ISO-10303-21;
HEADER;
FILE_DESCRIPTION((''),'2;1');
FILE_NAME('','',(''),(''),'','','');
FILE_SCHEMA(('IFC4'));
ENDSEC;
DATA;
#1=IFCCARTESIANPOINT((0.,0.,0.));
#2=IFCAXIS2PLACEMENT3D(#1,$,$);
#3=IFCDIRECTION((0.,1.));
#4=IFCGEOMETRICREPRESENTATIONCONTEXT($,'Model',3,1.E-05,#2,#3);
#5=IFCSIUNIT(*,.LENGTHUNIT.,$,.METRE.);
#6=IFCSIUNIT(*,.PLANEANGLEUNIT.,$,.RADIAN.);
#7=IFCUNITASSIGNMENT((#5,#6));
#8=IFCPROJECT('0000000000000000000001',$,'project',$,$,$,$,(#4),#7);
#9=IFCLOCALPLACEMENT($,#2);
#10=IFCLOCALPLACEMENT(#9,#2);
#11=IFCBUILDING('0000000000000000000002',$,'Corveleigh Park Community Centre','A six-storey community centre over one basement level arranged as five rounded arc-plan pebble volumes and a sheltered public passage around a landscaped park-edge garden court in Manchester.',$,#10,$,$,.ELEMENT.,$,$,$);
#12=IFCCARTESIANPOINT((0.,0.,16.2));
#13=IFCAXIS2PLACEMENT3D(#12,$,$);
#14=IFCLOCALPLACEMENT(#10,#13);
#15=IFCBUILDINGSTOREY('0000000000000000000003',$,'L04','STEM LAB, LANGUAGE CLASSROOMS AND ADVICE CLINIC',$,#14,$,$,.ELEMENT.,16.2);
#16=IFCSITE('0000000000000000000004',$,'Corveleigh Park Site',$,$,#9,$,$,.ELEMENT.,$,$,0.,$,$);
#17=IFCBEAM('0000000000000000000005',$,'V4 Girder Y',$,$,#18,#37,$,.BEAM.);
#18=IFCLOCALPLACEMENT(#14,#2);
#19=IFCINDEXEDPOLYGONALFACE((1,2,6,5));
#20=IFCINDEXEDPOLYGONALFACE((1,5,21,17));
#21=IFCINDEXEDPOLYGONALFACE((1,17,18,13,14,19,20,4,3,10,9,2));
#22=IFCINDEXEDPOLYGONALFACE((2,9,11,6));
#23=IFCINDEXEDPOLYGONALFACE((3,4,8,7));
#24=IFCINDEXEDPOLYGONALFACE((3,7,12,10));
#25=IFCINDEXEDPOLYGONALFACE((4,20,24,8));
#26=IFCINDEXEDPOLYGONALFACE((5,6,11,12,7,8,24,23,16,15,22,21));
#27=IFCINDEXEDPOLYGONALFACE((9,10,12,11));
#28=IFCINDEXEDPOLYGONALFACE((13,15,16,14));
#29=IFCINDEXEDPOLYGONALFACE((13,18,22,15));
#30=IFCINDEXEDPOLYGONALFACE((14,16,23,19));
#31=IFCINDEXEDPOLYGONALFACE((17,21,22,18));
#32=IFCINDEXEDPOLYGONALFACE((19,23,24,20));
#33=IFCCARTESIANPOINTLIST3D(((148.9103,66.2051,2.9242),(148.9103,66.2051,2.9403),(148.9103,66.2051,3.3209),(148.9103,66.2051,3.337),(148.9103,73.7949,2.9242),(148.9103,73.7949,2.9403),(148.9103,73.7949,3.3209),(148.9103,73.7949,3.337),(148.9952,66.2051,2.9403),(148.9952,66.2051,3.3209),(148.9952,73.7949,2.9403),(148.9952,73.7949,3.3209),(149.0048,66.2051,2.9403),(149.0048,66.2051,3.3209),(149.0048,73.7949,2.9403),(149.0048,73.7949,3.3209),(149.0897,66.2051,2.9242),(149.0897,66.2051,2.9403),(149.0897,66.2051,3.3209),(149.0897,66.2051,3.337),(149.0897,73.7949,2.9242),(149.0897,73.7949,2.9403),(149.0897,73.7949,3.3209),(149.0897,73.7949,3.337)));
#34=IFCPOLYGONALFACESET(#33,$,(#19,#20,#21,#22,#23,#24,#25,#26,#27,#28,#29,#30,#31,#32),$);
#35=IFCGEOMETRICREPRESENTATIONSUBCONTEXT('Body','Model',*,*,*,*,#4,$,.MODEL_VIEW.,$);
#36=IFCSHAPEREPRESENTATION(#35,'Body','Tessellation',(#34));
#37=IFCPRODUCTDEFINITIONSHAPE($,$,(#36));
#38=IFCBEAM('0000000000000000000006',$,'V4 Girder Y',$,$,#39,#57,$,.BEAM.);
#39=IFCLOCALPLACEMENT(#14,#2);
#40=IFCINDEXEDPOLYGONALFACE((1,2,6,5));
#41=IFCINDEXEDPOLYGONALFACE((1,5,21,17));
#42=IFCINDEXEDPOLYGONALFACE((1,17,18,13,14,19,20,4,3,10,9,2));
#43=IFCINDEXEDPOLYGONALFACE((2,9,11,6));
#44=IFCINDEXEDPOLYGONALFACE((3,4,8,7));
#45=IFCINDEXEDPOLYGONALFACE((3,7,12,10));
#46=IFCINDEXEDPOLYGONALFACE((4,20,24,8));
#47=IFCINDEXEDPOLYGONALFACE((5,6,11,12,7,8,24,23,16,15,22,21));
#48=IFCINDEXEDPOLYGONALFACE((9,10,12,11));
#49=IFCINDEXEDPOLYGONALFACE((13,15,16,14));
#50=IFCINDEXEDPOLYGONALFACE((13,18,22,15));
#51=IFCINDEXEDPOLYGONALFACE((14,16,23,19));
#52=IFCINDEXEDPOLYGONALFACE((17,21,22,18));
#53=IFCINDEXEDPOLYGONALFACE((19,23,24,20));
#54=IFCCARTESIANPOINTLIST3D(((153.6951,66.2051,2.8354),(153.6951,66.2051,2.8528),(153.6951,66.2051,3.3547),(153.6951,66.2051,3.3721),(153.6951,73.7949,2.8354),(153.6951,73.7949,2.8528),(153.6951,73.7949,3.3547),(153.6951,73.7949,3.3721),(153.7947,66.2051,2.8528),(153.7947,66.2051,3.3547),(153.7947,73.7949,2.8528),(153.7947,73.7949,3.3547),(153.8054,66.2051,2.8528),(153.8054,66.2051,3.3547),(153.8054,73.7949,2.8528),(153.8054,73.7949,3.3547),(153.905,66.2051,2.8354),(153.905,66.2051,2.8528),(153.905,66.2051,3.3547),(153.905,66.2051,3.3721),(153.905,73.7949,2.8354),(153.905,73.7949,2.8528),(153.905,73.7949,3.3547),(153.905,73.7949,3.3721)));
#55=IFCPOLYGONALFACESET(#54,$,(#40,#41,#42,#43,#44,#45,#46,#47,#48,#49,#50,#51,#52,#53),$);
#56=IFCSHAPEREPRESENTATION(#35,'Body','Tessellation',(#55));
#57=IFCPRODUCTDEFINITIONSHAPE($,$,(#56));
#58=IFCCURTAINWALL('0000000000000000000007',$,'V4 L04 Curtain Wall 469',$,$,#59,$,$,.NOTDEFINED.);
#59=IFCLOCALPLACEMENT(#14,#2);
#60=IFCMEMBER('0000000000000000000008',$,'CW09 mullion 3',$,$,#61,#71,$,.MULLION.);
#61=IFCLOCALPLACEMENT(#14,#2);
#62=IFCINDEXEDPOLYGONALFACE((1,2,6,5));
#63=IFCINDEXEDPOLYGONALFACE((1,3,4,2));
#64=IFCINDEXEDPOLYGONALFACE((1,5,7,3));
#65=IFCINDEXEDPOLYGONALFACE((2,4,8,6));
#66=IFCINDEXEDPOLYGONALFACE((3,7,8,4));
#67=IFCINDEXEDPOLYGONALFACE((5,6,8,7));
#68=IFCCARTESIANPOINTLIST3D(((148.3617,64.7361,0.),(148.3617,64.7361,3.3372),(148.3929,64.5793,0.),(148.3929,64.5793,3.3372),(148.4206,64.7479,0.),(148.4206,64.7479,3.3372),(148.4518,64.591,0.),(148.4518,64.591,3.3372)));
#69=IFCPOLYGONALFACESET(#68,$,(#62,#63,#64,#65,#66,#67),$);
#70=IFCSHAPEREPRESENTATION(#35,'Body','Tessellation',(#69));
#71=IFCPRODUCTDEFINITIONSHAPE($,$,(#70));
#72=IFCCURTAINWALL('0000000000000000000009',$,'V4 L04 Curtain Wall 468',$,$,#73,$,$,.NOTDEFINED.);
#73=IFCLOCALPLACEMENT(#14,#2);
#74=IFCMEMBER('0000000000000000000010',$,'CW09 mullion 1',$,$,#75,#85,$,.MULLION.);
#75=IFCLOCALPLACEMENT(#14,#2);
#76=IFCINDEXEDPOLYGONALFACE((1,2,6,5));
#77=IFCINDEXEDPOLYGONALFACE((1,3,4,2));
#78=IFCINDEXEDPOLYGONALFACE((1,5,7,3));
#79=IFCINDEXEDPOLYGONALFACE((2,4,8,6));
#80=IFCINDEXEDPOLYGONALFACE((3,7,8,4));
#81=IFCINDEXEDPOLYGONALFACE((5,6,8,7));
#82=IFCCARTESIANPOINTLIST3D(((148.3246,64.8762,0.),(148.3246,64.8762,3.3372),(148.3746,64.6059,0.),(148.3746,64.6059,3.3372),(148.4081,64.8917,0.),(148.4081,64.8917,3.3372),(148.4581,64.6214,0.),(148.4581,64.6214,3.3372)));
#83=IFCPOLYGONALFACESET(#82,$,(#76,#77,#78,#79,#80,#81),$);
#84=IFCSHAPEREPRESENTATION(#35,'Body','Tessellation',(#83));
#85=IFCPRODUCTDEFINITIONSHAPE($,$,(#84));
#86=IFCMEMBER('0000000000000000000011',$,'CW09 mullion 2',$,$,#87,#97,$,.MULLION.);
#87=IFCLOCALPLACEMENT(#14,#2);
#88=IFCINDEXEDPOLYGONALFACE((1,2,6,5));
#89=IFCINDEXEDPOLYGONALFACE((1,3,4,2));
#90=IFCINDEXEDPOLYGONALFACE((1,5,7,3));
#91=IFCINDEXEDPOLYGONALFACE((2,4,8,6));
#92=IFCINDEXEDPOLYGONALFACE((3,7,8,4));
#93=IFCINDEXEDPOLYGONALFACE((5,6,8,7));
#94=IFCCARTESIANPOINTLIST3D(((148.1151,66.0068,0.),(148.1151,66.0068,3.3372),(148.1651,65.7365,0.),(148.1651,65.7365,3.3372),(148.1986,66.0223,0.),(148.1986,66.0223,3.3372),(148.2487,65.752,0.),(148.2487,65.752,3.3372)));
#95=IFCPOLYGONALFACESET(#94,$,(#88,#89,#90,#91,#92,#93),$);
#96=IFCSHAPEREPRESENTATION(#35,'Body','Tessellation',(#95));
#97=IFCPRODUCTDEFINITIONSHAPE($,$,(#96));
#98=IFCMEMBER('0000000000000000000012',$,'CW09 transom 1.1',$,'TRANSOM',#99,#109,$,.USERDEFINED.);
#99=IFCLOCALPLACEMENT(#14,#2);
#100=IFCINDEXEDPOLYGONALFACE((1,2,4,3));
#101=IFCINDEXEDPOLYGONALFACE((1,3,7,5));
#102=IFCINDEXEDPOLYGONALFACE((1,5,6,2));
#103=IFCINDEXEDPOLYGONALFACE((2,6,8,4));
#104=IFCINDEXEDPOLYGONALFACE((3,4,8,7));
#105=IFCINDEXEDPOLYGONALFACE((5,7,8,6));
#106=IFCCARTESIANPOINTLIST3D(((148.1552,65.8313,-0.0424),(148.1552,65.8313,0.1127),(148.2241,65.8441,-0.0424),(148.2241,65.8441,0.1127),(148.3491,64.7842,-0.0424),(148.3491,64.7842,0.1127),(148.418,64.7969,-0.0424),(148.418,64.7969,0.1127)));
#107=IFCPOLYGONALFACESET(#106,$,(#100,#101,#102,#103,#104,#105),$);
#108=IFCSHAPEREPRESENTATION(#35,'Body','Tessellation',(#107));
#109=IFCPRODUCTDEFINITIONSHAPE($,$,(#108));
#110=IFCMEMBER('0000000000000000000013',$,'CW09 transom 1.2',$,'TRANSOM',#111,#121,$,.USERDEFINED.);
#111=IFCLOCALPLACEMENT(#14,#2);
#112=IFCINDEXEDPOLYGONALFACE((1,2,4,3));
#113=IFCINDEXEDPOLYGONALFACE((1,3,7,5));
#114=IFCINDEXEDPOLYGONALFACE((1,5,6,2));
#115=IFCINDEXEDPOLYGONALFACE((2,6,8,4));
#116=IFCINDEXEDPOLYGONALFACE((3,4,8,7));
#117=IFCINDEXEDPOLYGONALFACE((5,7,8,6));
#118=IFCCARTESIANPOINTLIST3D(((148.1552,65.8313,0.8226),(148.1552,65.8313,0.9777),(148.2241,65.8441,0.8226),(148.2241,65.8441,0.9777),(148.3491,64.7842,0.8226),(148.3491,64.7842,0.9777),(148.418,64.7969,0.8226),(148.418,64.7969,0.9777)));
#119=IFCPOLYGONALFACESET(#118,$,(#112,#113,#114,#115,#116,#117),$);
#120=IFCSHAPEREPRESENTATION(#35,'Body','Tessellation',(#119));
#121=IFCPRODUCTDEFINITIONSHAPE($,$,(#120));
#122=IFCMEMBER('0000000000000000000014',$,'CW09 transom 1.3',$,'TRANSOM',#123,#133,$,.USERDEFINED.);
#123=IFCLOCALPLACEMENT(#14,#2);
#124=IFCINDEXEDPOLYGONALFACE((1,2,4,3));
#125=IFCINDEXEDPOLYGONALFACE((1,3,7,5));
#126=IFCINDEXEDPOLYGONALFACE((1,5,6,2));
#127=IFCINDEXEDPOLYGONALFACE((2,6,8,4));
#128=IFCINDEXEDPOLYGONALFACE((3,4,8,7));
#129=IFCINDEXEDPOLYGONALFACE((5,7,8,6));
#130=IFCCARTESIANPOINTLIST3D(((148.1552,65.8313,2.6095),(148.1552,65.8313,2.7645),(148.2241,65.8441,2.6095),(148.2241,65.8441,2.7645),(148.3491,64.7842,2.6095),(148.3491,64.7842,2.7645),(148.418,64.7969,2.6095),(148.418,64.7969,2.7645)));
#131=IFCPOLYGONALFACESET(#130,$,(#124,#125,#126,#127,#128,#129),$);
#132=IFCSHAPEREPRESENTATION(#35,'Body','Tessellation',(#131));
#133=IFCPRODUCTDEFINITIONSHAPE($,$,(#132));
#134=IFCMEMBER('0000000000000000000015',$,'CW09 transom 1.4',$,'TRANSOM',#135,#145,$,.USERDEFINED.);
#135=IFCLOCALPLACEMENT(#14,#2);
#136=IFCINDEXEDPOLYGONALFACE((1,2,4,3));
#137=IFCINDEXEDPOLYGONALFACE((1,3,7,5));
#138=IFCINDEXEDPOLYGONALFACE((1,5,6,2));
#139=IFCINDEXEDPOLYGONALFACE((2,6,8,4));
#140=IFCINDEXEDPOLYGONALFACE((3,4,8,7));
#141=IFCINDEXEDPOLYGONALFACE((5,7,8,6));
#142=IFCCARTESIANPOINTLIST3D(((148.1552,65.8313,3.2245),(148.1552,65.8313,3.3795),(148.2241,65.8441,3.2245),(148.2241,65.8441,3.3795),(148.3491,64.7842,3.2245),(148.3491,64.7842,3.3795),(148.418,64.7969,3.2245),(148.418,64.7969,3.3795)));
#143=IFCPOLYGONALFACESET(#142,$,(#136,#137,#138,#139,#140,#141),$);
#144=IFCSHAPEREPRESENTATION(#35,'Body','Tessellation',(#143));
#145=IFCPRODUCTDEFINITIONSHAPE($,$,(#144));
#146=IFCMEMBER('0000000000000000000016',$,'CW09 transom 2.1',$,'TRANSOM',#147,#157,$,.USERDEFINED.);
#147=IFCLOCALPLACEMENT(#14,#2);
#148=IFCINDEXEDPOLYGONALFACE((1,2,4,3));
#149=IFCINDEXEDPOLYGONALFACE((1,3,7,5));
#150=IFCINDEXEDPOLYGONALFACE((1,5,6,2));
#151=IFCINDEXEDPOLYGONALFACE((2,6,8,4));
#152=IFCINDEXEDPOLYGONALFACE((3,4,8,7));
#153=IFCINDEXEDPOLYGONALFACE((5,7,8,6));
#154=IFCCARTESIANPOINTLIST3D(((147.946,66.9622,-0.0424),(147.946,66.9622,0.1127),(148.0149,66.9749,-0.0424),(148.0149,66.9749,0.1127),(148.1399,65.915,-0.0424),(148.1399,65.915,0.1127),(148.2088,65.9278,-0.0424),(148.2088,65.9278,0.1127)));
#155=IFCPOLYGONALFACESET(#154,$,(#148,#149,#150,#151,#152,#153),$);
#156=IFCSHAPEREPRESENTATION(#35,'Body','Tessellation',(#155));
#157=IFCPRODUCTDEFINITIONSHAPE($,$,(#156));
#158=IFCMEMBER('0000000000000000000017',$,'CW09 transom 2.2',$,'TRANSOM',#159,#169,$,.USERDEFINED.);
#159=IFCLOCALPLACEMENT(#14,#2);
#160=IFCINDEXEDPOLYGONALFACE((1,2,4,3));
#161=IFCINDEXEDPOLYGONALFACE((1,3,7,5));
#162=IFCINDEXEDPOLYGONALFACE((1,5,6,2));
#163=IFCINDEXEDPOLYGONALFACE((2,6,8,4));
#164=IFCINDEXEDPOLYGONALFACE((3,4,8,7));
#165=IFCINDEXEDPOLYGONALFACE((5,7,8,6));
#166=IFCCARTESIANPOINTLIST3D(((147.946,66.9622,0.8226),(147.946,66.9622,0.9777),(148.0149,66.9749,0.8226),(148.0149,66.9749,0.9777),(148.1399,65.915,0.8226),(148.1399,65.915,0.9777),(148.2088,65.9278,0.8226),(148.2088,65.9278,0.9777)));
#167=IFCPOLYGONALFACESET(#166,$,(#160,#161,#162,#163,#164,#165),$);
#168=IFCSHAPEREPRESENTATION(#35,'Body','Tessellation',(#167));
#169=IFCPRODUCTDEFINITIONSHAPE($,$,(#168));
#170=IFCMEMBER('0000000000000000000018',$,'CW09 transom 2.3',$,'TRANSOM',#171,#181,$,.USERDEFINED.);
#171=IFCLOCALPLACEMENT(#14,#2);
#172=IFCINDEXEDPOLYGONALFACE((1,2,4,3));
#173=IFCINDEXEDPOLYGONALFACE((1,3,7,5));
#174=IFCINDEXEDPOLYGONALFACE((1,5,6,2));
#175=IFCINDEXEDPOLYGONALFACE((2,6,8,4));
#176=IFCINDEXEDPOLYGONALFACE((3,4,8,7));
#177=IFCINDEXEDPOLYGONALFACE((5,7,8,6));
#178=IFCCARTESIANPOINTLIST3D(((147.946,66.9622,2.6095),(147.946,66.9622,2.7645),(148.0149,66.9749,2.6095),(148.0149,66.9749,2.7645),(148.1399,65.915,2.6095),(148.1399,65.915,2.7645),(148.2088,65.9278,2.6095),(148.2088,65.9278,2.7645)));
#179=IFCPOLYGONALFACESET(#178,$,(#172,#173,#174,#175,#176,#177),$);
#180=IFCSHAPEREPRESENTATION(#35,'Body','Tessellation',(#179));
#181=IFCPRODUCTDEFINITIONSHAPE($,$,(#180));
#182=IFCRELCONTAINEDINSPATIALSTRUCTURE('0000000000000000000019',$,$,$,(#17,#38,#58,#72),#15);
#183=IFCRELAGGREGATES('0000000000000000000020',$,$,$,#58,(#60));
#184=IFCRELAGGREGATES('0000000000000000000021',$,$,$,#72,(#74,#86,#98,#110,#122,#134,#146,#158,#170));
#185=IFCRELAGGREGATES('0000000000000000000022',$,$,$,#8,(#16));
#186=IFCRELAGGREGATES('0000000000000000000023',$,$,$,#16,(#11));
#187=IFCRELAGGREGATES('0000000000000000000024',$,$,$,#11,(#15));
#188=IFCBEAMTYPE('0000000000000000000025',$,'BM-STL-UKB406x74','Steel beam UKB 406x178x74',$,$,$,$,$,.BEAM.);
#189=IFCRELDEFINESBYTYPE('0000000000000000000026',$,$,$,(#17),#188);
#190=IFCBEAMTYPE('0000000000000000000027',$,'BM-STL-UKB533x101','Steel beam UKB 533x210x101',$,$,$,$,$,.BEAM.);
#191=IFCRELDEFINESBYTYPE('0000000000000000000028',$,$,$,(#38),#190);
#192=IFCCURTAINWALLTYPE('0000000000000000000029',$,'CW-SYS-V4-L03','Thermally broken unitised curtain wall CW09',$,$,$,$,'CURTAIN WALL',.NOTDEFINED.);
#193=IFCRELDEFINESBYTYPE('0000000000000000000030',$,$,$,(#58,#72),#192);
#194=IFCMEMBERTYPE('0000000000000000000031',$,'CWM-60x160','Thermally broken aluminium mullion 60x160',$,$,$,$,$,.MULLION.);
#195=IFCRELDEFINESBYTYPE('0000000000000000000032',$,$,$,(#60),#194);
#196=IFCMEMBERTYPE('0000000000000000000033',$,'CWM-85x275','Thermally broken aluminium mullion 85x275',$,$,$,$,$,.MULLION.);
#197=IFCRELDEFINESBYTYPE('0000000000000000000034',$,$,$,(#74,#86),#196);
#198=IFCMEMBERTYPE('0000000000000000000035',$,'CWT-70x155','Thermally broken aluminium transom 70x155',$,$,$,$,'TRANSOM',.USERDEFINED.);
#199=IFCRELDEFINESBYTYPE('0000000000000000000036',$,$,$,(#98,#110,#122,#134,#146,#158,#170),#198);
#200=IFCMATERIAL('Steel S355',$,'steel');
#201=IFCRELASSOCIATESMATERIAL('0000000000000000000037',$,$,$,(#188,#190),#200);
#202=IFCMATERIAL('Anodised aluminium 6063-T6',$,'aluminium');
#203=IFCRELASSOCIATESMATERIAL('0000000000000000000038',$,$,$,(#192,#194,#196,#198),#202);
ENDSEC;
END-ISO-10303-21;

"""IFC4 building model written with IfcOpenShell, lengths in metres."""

from ifc_helpers import new_model, si_unit, direction, frame, origin, origin_2d, place, context, subcontext, project, spatial, rectangle, i_section, extrude, material, material_profile, profile_set, type_object, element, aggregate, save


model = new_model("IFC4")

# Units and contexts
model_context = context("Model", 3, precision=1e-05, world=origin(), true_north=direction((0.0, 1.0)))
body_context = subcontext(model_context, "Body", "Model", "MODEL_VIEW")
ifc_project = project(units=[si_unit("LENGTHUNIT", "METRE"), si_unit("PLANEANGLEUNIT", "RADIAN")], contexts=[model_context])

# Site, building, storey
site_placement = place(None, origin())
site = spatial("IfcSite", under=ifc_project, at=site_placement, Name="Corveleigh Park Site", CompositionType="ELEMENT", RefElevation=0.0)
building_placement = place(site_placement, origin())
building = spatial("IfcBuilding", under=site, at=building_placement, Name="Corveleigh Park Community Centre", Description="A six-storey community centre over one basement level arranged as five rounded arc-plan pebble volumes and a sheltered public passage around a landscaped park-edge garden court in Manchester.", CompositionType="ELEMENT")
storey_placement = place(building_placement, frame((0.0, 0.0, 16.2)))
storey = spatial("IfcBuildingStorey", under=building, at=storey_placement, Name="L04", Description="STEM LAB, LANGUAGE CLASSROOMS AND ADVICE CLINIC", CompositionType="ELEMENT", Elevation=16.2)

# Shared definitions
ifc_material_1 = material(Name="Steel S355", Category="steel")

# Beams
ifc_material_profile_1 = material_profile(ifc_material_1, i_section(OverallWidth=0.1794, OverallDepth=0.4128, WebThickness=0.0095, FlangeThickness=0.0161, at=origin_2d()), Name="UKB 406x178x74", Category="steel")
ifc_profile_set_1 = profile_set([ifc_material_profile_1], Name="Steel S355")
beam_type_1 = type_object("IfcBeamType", Name="BM-STL-UKB406x74", Description="Steel beam UKB 406x178x74", PredefinedType="BEAM", material=ifc_profile_set_1)
beam_1_placement = place(storey_placement, frame((149.0, 66.2051, 3.1306), z_axis=(0.0, 1.0, 0.0), x_axis=(-1.0, 0.0, 0.0)))
element("IfcBeam", 1, at=beam_1_placement, inside=storey, type_object=beam_type_1, Name="V4 Girder Y", PredefinedType="BEAM", context=body_context, shape_type="SweptSolid", body=[
    extrude(i_section(OverallWidth=0.1794, OverallDepth=0.4128, WebThickness=0.0095, FlangeThickness=0.0161, at=origin_2d()), origin(), (0.0, 0.0, 1.0), 7.5898),
])
ifc_material_profile_2 = material_profile(ifc_material_1, i_section(OverallWidth=0.21, OverallDepth=0.5366, WebThickness=0.0107, FlangeThickness=0.0173, at=origin_2d()), Name="UKB 533x210x101", Category="steel")
ifc_profile_set_2 = profile_set([ifc_material_profile_2], Name="Steel S355")
beam_type_2 = type_object("IfcBeamType", Name="BM-STL-UKB533x101", Description="Steel beam UKB 533x210x101", PredefinedType="BEAM", material=ifc_profile_set_2)
beam_2_placement = place(storey_placement, frame((153.8, 66.2051, 3.1038), z_axis=(0.0, 1.0, 0.0), x_axis=(-1.0, 0.0, 0.0)))
element("IfcBeam", 2, at=beam_2_placement, inside=storey, type_object=beam_type_2, Name="V4 Girder Y", PredefinedType="BEAM", context=body_context, shape_type="SweptSolid", body=[
    extrude(i_section(OverallWidth=0.21, OverallDepth=0.5366, WebThickness=0.0107, FlangeThickness=0.0173, at=origin_2d()), origin(), (0.0, 0.0, 1.0), 7.5898),
])

# Curtain wall, member
ifc_material_2 = material(Name="Anodised aluminium 6063-T6", Category="aluminium")
curtain_wall_type = type_object("IfcCurtainWallType", Name="CW-SYS-V4-L03", Description="Thermally broken unitised curtain wall CW09", ElementType="CURTAIN WALL", PredefinedType="NOTDEFINED", material=ifc_material_2)
curtain_wall_1_placement = place(storey_placement, origin())
curtain_wall_1 = element("IfcCurtainWall", 3, at=curtain_wall_1_placement, inside=storey, type_object=curtain_wall_type, Name="V4 L04 Curtain Wall 469", PredefinedType="NOTDEFINED")
ifc_material_profile_3 = material_profile(ifc_material_2, rectangle(XDim=0.0601, YDim=0.1599, at=origin_2d()), Name="ALU-M60x160", Category="aluminium")
ifc_profile_set_3 = profile_set([ifc_material_profile_3], Name="Anodised aluminium 6063-T6")
member_type_1 = type_object("IfcMemberType", Name="CWM-60x160", Description="Thermally broken aluminium mullion 60x160", PredefinedType="MULLION", material=ifc_profile_set_3)
member_1_placement = place(storey_placement, frame((148.4067, 64.6636, 0.0), z_axis=(0.0, 0.0, 1.0), x_axis=(-0.980785, -0.195094, 0.0)))
member_1 = element("IfcMember", 4, at=member_1_placement, type_object=member_type_1, Name="CW09 mullion 3", PredefinedType="MULLION", context=body_context, shape_type="SweptSolid", body=[
    extrude(rectangle(XDim=0.0601, YDim=0.1599, at=origin_2d()), origin(), (0.0, 0.0, 1.0), 3.3372),
])

# Curtain wall, members
curtain_wall_2_placement = place(storey_placement, origin())
curtain_wall_2 = element("IfcCurtainWall", 5, at=curtain_wall_2_placement, inside=storey, type_object=curtain_wall_type, Name="V4 L04 Curtain Wall 468", PredefinedType="NOTDEFINED")
ifc_material_profile_4 = material_profile(ifc_material_2, rectangle(XDim=0.085, YDim=0.2749, at=origin_2d()), Name="ALU-M85x275", Category="aluminium")
ifc_profile_set_4 = profile_set([ifc_material_profile_4], Name="Anodised aluminium 6063-T6")
member_type_2 = type_object("IfcMemberType", Name="CWM-85x275", Description="Thermally broken aluminium mullion 85x275", PredefinedType="MULLION", material=ifc_profile_set_4)
member_2_placement = place(storey_placement, frame((148.3914, 64.7488, 0.0), z_axis=(0.0, 0.0, 1.0), x_axis=(-0.983301, -0.181984, 0.0)))
member_2 = element("IfcMember", 6, at=member_2_placement, type_object=member_type_2, Name="CW09 mullion 1", PredefinedType="MULLION", context=body_context, shape_type="SweptSolid", body=[
    extrude(rectangle(XDim=0.085, YDim=0.2749, at=origin_2d()), origin(), (0.0, 0.0, 1.0), 3.3372),
])
member_3_placement = place(storey_placement, frame((148.1819, 65.8794, 0.0), z_axis=(0.0, 0.0, 1.0), x_axis=(-0.983301, -0.181984, 0.0)))
member_3 = element("IfcMember", 7, at=member_3_placement, type_object=member_type_2, Name="CW09 mullion 2", PredefinedType="MULLION", context=body_context, shape_type="SweptSolid", body=[
    extrude(rectangle(XDim=0.085, YDim=0.2749, at=origin_2d()), origin(), (0.0, 0.0, 1.0), 3.3372),
])
ifc_material_profile_5 = material_profile(ifc_material_2, rectangle(XDim=0.0701, YDim=0.155, at=origin_2d()), Name="ALU-T70x155", Category="aluminium")
ifc_profile_set_5 = profile_set([ifc_material_profile_5], Name="Anodised aluminium 6063-T6")
member_type_3 = type_object("IfcMemberType", Name="CWT-70x155", Description="Thermally broken aluminium transom 70x155", ElementType="TRANSOM", PredefinedType="USERDEFINED", material=ifc_profile_set_5)
member_4_placement = place(storey_placement, frame((148.3835, 64.7905, 0.0352), z_axis=(-0.182032, 0.983293, 0.0), x_axis=(-0.983293, -0.182032, 0.0)))
member_4 = element("IfcMember", 8, at=member_4_placement, type_object=member_type_3, Name="CW09 transom 1.1", ObjectType="TRANSOM", PredefinedType="USERDEFINED", context=body_context, shape_type="SweptSolid", body=[
    extrude(rectangle(XDim=0.0701, YDim=0.155, at=origin_2d()), origin(), (0.0, 0.0, 1.0), 1.0649),
])
member_5_placement = place(storey_placement, frame((148.3835, 64.7905, 0.9001), z_axis=(-0.182032, 0.983293, 0.0), x_axis=(-0.983293, -0.182032, 0.0)))
member_5 = element("IfcMember", 9, at=member_5_placement, type_object=member_type_3, Name="CW09 transom 1.2", ObjectType="TRANSOM", PredefinedType="USERDEFINED", context=body_context, shape_type="SweptSolid", body=[
    extrude(rectangle(XDim=0.0701, YDim=0.155, at=origin_2d()), origin(), (0.0, 0.0, 1.0), 1.0649),
])
member_6_placement = place(storey_placement, frame((148.3835, 64.7905, 2.687), z_axis=(-0.182032, 0.983293, 0.0), x_axis=(-0.983293, -0.182032, 0.0)))
member_6 = element("IfcMember", 10, at=member_6_placement, type_object=member_type_3, Name="CW09 transom 1.3", ObjectType="TRANSOM", PredefinedType="USERDEFINED", context=body_context, shape_type="SweptSolid", body=[
    extrude(rectangle(XDim=0.0701, YDim=0.155, at=origin_2d()), origin(), (0.0, 0.0, 1.0), 1.0649),
])
member_7_placement = place(storey_placement, frame((148.3835, 64.7905, 3.302), z_axis=(-0.182032, 0.983293, 0.0), x_axis=(-0.983293, -0.182032, 0.0)))
member_7 = element("IfcMember", 11, at=member_7_placement, type_object=member_type_3, Name="CW09 transom 1.4", ObjectType="TRANSOM", PredefinedType="USERDEFINED", context=body_context, shape_type="SweptSolid", body=[
    extrude(rectangle(XDim=0.0701, YDim=0.155, at=origin_2d()), origin(), (0.0, 0.0, 1.0), 1.0649),
])
member_8_placement = place(storey_placement, frame((148.1743, 65.9214, 0.0352), z_axis=(-0.182032, 0.983293, 0.0), x_axis=(-0.983293, -0.182032, 0.0)))
member_8 = element("IfcMember", 12, at=member_8_placement, type_object=member_type_3, Name="CW09 transom 2.1", ObjectType="TRANSOM", PredefinedType="USERDEFINED", context=body_context, shape_type="SweptSolid", body=[
    extrude(rectangle(XDim=0.0701, YDim=0.155, at=origin_2d()), origin(), (0.0, 0.0, 1.0), 1.0649),
])
member_9_placement = place(storey_placement, frame((148.1743, 65.9214, 0.9001), z_axis=(-0.182032, 0.983293, 0.0), x_axis=(-0.983293, -0.182032, 0.0)))
member_9 = element("IfcMember", 13, at=member_9_placement, type_object=member_type_3, Name="CW09 transom 2.2", ObjectType="TRANSOM", PredefinedType="USERDEFINED", context=body_context, shape_type="SweptSolid", body=[
    extrude(rectangle(XDim=0.0701, YDim=0.155, at=origin_2d()), origin(), (0.0, 0.0, 1.0), 1.0649),
])
member_10_placement = place(storey_placement, frame((148.1743, 65.9214, 2.687), z_axis=(-0.182032, 0.983293, 0.0), x_axis=(-0.983293, -0.182032, 0.0)))
member_10 = element("IfcMember", 14, at=member_10_placement, type_object=member_type_3, Name="CW09 transom 2.3", ObjectType="TRANSOM", PredefinedType="USERDEFINED", context=body_context, shape_type="SweptSolid", body=[
    extrude(rectangle(XDim=0.0701, YDim=0.155, at=origin_2d()), origin(), (0.0, 0.0, 1.0), 1.0649),
])

aggregate(curtain_wall_1, [member_1])
aggregate(curtain_wall_2, [member_2, member_3, member_4, member_5, member_6, member_7, member_8, member_9, member_10])

save(model, "model.ifc")
